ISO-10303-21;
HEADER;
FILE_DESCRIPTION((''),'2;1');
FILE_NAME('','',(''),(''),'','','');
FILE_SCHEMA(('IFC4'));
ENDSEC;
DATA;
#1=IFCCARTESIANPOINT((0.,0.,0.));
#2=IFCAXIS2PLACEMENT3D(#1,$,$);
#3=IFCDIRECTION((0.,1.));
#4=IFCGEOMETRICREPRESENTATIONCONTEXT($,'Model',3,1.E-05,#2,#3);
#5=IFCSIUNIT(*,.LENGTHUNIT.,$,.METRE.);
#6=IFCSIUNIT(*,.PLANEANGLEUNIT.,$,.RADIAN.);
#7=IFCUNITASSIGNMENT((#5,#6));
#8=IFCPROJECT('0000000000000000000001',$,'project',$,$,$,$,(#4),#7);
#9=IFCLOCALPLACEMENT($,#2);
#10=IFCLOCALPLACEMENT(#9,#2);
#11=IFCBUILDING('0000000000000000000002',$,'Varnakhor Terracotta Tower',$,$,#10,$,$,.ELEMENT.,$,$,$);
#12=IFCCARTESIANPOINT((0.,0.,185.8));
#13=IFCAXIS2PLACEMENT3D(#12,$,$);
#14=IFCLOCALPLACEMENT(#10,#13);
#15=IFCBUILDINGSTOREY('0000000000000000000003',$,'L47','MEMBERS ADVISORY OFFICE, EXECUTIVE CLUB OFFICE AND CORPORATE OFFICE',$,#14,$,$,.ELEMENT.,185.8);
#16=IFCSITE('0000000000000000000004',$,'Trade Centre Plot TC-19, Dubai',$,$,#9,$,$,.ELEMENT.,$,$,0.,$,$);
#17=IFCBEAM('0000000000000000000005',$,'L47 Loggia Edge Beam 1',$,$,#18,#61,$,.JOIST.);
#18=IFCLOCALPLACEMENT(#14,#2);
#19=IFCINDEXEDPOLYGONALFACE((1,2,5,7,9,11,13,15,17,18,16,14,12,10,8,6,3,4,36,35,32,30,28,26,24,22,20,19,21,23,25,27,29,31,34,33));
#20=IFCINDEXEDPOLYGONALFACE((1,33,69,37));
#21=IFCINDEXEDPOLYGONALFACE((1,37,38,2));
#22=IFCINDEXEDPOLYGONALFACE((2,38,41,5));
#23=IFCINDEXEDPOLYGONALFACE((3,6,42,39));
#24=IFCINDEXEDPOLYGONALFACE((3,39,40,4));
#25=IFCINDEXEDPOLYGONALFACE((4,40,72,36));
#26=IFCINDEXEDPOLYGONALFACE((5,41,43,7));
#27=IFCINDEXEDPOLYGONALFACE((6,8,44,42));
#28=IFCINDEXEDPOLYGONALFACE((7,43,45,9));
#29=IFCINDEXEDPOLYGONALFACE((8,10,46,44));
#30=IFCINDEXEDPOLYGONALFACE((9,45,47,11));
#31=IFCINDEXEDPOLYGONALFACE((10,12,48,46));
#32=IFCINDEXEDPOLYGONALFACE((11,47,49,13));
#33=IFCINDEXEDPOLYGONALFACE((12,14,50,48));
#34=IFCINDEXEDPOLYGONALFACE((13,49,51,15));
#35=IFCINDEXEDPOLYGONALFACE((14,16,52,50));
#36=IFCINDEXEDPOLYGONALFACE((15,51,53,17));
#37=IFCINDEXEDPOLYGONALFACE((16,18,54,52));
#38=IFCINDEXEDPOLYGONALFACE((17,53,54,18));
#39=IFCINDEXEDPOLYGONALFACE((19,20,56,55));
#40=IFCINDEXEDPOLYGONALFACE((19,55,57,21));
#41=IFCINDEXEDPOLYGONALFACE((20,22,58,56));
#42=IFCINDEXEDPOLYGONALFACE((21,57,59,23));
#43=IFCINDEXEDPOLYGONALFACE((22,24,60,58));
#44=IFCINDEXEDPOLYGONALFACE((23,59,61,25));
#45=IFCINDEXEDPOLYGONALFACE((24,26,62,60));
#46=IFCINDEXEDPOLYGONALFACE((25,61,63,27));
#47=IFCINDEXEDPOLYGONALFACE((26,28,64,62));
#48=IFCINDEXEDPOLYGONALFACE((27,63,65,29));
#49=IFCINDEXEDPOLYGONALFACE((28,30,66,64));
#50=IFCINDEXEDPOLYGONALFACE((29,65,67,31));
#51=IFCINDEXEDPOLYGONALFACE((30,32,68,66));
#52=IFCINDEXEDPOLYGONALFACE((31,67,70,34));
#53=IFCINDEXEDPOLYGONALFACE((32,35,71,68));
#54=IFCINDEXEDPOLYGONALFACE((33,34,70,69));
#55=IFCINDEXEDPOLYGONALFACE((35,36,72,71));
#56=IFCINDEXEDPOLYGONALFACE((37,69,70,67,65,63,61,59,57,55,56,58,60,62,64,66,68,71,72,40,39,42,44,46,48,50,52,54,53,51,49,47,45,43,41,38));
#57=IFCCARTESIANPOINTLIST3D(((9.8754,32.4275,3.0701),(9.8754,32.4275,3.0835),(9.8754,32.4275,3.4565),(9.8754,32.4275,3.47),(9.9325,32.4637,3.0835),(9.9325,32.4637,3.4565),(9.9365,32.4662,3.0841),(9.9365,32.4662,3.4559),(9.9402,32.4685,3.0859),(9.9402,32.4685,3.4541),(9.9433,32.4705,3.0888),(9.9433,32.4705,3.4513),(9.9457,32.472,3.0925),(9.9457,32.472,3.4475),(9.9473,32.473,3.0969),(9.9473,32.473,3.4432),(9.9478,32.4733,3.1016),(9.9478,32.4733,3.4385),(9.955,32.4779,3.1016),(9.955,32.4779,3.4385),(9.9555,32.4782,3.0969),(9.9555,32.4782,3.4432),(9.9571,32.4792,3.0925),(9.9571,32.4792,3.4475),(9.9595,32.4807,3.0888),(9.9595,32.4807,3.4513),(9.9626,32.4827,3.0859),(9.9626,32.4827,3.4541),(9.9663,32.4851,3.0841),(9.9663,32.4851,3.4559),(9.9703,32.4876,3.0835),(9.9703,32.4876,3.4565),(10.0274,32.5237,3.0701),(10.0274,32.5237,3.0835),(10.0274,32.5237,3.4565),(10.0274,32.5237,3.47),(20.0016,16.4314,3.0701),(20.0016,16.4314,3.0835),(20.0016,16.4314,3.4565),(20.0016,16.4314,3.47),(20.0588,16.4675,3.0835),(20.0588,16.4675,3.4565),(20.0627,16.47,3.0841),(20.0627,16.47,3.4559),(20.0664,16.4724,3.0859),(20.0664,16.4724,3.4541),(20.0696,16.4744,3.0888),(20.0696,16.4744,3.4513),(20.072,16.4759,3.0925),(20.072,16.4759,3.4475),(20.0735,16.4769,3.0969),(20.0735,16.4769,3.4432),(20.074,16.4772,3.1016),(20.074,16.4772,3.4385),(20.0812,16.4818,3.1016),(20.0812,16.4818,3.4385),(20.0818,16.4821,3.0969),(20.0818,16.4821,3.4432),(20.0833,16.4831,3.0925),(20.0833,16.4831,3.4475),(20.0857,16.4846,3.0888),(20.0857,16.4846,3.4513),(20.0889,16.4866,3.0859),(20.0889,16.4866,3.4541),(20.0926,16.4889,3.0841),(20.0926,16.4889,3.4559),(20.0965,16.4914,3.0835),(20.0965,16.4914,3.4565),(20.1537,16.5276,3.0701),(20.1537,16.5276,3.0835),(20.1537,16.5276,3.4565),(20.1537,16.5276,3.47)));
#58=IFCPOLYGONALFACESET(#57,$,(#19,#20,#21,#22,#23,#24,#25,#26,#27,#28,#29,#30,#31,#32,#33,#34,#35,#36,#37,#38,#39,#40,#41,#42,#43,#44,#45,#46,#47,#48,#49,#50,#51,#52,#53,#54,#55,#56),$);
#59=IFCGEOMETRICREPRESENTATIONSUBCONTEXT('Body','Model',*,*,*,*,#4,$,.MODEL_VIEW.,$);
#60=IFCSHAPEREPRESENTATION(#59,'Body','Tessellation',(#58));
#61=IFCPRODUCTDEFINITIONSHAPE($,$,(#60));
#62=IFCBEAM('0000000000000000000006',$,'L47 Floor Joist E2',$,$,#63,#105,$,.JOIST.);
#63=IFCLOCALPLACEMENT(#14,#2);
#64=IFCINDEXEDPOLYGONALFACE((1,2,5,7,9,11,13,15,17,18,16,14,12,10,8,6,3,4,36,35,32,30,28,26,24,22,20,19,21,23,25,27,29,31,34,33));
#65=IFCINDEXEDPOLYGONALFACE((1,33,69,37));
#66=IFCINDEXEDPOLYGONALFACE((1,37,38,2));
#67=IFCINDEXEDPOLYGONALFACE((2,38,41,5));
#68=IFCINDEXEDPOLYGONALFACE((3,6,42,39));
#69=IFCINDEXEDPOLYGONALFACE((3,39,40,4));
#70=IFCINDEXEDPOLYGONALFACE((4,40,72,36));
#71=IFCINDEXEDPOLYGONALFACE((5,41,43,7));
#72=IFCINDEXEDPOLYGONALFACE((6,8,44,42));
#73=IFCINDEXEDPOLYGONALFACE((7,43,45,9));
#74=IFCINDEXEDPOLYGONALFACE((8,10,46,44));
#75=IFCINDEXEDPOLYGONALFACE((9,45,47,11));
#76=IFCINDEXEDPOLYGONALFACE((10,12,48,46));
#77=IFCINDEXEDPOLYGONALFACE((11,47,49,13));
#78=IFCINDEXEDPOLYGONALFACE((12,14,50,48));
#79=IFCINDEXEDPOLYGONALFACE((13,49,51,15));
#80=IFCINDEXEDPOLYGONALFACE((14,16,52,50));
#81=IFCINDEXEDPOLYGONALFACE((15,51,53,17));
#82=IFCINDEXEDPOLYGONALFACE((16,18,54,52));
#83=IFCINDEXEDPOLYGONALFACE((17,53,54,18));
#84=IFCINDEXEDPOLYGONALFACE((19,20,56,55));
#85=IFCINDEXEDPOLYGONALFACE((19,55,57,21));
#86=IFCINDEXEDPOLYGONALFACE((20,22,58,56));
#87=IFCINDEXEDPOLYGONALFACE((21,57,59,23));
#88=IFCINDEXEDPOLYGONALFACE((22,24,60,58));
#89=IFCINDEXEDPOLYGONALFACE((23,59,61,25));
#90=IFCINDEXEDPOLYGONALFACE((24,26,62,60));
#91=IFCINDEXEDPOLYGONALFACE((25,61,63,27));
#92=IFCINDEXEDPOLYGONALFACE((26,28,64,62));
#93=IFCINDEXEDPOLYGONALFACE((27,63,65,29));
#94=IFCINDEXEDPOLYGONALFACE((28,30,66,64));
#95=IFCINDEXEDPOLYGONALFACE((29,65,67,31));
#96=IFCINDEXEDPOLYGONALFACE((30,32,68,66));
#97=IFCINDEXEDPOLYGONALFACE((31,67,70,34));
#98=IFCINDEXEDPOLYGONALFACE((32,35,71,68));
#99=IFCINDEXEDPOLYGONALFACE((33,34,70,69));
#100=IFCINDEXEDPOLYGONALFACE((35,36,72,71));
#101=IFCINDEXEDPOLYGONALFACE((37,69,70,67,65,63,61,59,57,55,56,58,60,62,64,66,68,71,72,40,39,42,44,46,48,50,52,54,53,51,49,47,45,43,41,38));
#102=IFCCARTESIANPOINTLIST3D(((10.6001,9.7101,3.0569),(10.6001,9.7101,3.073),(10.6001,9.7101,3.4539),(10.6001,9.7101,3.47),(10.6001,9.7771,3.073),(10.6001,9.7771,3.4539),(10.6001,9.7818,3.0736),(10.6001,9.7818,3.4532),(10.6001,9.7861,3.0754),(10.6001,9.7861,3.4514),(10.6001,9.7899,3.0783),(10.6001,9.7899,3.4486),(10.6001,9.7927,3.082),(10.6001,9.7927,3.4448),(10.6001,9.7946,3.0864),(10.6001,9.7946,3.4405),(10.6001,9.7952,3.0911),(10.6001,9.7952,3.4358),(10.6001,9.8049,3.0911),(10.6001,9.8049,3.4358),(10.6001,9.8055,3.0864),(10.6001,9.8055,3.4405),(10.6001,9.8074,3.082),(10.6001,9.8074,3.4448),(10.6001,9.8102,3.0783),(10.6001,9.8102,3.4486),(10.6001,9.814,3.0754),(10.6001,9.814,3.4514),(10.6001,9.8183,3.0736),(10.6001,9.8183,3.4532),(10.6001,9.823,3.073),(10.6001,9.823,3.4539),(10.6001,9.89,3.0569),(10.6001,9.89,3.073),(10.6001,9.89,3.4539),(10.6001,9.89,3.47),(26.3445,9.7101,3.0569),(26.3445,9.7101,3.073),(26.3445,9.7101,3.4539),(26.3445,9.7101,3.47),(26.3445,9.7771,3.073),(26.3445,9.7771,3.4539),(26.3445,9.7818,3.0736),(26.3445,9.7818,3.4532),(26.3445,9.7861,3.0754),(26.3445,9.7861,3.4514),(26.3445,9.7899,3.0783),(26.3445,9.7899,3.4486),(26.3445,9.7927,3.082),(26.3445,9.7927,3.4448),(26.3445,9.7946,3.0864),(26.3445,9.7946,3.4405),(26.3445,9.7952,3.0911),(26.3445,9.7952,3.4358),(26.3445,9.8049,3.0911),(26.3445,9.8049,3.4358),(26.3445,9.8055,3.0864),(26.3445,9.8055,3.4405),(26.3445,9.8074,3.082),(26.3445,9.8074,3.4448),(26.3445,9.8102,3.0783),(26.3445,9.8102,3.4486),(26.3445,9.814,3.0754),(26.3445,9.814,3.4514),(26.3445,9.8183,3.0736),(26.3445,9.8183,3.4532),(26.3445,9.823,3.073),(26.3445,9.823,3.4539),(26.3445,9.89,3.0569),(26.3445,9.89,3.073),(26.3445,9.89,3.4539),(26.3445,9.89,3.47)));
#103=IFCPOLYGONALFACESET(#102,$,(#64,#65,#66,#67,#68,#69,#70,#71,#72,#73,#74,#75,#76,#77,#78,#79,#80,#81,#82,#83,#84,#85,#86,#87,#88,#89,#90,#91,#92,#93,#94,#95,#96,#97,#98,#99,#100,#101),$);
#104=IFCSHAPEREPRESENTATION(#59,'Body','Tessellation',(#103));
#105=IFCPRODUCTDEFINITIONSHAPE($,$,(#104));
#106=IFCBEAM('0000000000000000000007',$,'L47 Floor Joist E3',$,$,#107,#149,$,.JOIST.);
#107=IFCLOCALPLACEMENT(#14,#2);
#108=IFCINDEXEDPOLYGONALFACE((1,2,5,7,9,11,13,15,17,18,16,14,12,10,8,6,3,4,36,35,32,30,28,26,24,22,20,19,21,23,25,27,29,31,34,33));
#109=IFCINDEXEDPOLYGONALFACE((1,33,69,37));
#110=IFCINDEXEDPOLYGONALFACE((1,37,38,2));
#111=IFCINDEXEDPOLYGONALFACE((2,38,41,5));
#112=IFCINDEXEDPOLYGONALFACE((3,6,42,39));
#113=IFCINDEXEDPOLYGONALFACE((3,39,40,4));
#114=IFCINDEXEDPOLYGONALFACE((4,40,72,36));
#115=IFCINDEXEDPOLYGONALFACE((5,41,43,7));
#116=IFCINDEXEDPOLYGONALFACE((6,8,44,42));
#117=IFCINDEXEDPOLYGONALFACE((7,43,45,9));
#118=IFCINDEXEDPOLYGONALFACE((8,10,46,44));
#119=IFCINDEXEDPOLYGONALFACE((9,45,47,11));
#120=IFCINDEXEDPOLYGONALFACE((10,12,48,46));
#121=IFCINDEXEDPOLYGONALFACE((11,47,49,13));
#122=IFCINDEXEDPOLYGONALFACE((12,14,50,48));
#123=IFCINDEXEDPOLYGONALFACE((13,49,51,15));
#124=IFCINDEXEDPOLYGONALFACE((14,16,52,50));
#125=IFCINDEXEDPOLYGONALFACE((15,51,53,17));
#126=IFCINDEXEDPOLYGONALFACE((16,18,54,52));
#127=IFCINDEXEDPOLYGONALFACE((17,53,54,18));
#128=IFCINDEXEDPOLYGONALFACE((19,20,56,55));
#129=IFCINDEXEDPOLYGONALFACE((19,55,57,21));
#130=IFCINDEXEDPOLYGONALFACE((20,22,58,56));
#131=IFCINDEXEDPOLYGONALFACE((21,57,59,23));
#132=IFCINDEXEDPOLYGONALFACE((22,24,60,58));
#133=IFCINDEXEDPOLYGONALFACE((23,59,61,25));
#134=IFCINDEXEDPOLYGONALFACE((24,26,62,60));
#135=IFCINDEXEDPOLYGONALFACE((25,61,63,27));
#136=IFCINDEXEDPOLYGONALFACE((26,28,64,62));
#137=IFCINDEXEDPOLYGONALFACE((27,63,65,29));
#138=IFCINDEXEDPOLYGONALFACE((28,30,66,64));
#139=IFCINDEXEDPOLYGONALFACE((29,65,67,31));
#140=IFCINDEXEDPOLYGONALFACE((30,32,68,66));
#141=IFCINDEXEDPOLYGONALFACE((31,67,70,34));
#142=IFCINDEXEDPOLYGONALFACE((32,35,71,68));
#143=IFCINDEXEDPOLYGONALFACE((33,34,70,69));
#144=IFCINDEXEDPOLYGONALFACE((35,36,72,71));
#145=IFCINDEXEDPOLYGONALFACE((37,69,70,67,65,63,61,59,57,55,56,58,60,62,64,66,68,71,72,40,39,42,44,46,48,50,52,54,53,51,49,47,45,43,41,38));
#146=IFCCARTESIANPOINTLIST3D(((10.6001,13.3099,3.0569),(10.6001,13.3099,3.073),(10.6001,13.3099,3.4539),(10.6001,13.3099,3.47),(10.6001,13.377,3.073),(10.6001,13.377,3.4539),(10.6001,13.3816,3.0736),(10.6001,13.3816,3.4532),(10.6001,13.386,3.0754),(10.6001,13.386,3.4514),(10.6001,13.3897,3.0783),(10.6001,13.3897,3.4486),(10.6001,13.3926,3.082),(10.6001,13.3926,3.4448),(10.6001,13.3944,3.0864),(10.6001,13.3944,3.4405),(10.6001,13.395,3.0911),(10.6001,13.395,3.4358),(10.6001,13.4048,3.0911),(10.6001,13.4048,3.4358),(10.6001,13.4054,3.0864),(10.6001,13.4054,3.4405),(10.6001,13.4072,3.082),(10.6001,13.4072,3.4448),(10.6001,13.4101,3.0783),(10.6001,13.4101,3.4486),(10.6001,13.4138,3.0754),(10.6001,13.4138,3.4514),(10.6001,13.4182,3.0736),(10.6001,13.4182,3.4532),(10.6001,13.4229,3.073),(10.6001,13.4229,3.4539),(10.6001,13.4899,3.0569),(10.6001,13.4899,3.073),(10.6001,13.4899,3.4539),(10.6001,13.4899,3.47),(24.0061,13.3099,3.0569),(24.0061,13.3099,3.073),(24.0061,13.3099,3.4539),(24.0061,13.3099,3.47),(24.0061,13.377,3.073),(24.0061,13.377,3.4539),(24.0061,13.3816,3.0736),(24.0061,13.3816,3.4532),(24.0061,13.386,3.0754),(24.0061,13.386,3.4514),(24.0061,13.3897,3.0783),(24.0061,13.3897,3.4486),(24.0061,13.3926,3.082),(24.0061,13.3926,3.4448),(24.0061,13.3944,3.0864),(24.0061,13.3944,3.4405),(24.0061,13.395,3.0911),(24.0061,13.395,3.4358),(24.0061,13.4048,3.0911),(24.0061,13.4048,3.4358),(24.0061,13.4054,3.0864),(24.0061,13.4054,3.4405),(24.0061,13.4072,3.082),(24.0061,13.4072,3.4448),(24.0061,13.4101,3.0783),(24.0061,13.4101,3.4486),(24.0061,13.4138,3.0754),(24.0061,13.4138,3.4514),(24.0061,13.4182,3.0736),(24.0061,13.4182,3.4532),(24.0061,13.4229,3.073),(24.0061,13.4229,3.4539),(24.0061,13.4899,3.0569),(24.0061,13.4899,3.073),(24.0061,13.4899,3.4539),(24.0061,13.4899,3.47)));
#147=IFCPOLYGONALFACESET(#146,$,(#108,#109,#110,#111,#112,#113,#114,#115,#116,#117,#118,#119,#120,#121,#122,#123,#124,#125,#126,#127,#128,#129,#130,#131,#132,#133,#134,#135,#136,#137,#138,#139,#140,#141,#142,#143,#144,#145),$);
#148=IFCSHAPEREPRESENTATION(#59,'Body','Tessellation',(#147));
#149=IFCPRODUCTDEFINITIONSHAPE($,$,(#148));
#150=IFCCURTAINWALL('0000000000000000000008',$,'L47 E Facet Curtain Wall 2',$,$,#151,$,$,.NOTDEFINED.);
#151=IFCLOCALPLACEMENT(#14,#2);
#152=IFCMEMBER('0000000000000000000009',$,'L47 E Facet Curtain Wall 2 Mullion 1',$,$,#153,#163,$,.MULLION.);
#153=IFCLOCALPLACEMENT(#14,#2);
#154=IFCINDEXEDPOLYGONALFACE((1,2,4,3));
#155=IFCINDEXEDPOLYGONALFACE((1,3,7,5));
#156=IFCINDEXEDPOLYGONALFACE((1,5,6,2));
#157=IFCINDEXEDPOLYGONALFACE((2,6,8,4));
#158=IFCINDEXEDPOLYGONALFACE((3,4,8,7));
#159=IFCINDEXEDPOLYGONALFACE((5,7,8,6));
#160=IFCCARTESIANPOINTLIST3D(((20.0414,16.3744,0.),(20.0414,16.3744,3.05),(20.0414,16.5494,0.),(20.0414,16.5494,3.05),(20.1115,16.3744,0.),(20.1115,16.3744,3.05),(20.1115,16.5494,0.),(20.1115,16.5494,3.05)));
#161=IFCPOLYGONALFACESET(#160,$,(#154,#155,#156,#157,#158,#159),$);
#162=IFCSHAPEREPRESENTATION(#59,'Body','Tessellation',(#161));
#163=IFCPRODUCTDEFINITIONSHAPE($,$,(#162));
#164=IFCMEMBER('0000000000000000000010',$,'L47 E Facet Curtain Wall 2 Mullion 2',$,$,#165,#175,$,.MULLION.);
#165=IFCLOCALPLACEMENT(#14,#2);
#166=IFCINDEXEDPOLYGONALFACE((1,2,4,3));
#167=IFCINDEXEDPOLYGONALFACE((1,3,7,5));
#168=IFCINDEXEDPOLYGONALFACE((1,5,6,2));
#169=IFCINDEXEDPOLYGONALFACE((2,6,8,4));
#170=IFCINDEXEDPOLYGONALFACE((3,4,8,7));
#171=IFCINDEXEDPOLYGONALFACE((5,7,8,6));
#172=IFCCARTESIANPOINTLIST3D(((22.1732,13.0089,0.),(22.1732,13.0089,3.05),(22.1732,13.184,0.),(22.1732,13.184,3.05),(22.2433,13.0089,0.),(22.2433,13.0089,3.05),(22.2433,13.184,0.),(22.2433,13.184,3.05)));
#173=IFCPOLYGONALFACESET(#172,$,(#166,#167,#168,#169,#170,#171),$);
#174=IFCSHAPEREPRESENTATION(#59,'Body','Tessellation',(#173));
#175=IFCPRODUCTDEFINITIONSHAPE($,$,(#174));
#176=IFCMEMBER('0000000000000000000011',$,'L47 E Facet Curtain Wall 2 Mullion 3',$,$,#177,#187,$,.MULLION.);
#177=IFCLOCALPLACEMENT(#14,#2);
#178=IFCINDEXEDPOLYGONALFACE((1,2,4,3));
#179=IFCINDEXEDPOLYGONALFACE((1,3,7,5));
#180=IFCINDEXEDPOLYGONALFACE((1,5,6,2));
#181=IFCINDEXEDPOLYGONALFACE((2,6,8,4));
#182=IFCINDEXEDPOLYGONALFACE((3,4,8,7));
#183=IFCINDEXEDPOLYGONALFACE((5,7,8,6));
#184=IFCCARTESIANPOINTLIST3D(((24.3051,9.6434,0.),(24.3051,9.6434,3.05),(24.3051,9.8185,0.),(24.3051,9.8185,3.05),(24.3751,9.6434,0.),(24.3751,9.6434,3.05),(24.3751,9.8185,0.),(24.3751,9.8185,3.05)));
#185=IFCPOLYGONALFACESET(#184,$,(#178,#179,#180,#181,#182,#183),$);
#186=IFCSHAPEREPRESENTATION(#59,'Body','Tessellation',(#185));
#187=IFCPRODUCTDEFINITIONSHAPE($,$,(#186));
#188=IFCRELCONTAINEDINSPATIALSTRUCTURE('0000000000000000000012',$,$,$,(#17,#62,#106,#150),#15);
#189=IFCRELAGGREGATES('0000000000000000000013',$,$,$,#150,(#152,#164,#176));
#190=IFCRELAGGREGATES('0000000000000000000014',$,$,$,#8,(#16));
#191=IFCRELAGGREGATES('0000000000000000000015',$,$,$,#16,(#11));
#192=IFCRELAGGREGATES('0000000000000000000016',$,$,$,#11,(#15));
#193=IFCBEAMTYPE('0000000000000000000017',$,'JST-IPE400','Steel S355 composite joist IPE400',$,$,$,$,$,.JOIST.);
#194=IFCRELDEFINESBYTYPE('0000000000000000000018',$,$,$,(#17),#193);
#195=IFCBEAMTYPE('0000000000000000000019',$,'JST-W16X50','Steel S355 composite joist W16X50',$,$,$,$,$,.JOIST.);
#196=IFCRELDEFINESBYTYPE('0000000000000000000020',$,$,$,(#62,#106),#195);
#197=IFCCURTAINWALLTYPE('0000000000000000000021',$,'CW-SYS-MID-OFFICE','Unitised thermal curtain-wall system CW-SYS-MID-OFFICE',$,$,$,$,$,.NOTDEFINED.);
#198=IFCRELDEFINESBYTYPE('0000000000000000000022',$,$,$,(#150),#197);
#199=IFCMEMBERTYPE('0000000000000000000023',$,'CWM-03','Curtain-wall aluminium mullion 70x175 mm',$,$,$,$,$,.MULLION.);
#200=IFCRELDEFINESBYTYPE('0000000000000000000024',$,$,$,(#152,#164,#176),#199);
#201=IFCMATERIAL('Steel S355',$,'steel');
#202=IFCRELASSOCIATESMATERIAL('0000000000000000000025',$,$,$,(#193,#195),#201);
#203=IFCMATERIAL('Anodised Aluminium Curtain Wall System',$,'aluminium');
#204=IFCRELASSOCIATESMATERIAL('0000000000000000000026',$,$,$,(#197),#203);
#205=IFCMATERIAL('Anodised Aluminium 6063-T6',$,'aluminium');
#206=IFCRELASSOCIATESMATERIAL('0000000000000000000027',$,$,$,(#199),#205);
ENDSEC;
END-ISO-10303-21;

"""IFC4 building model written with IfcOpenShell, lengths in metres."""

from ifc_helpers import new_model, si_unit, direction, frame, origin, origin_2d, place, context, subcontext, project, spatial, rectangle, i_section, extrude, source, transform, mapped, material, material_profile, profile_set, type_object, element, aggregate, save


model = new_model("IFC4")

# Units and contexts
model_context = context("Model", 3, precision=1e-05, world=origin(), true_north=direction((0.0, 1.0)))
body_context = subcontext(model_context, "Body", "Model", "MODEL_VIEW")
ifc_project = project(units=[si_unit("LENGTHUNIT", "METRE"), si_unit("PLANEANGLEUNIT", "RADIAN")], contexts=[model_context])

# Site, building, storey
site_placement = place(None, origin())
site = spatial("IfcSite", under=ifc_project, at=site_placement, Name="Trade Centre Plot TC-19, Dubai", CompositionType="ELEMENT", RefElevation=0.0)
building_placement = place(site_placement, origin())
building = spatial("IfcBuilding", under=site, at=building_placement, Name="Varnakhor Terracotta Tower", CompositionType="ELEMENT")
storey_placement = place(building_placement, frame((0.0, 0.0, 185.8)))
storey = spatial("IfcBuildingStorey", under=building, at=storey_placement, Name="L47", Description="MEMBERS ADVISORY OFFICE, EXECUTIVE CLUB OFFICE AND CORPORATE OFFICE", CompositionType="ELEMENT", Elevation=185.8)

# Beams
ifc_material_1 = material(Name="Steel S355", Category="steel")
ifc_material_profile_1 = material_profile(ifc_material_1, i_section(OverallWidth=0.1799, OverallDepth=0.3999, WebThickness=0.0085, FlangeThickness=0.0134, FilletRadius=0.0181, at=origin_2d()), Name="IPE400")
ifc_profile_set_1 = profile_set([ifc_material_profile_1], Name="Steel S355")
beam_type_1 = type_object("IfcBeamType", Name="JST-IPE400", Description="Steel S355 composite joist IPE400", PredefinedType="JOIST", material=ifc_profile_set_1)
shared_shape_1 = source(origin(), body_context, "Body", "SweptSolid", [
    extrude(i_section(OverallWidth=0.1799, OverallDepth=0.3999, WebThickness=0.0085, FlangeThickness=0.0134, FilletRadius=0.0181, at=origin_2d()), origin(), (0.0, 0.0, 1.0), 18.9319),
])
beam_1_placement = place(storey_placement, frame((20.0776, 16.4795, 3.27), z_axis=(-0.534877, 0.84493, 0.0), x_axis=(-0.84493, -0.534877, 0.0)))
element("IfcBeam", 1, at=beam_1_placement, inside=storey, type_object=beam_type_1, Name="L47 Loggia Edge Beam 1", PredefinedType="JOIST", context=body_context, shape_type="MappedRepresentation", body=[
    mapped(shared_shape_1, transform((0.0, 0.0, 0.0), scale=1.0)),
])
ifc_material_profile_2 = material_profile(ifc_material_1, i_section(OverallWidth=0.1799, OverallDepth=0.4131, WebThickness=0.0098, FlangeThickness=0.0161, FilletRadius=0.0181, at=origin_2d()), Name="W16X50")
ifc_profile_set_2 = profile_set([ifc_material_profile_2], Name="Steel S355")
beam_type_2 = type_object("IfcBeamType", Name="JST-W16X50", Description="Steel S355 composite joist W16X50", PredefinedType="JOIST", material=ifc_profile_set_2)
shared_shape_2 = source(origin(), body_context, "Body", "SweptSolid", [
    extrude(i_section(OverallWidth=0.1799, OverallDepth=0.4131, WebThickness=0.0098, FlangeThickness=0.0161, FilletRadius=0.0181, at=origin_2d()), origin(), (0.0, 0.0, 1.0), 15.7444),
])
beam_2_placement = place(storey_placement, frame((10.6001, 9.8, 3.2634), z_axis=(1.0, 0.0, 0.0), x_axis=(0.0, 1.0, 0.0)))
element("IfcBeam", 2, at=beam_2_placement, inside=storey, type_object=beam_type_2, Name="L47 Floor Joist E2", PredefinedType="JOIST", context=body_context, shape_type="MappedRepresentation", body=[
    mapped(shared_shape_2, transform((0.0, 0.0, 0.0), scale=1.0)),
])
shared_shape_3 = source(origin(), body_context, "Body", "SweptSolid", [
    extrude(i_section(OverallWidth=0.1799, OverallDepth=0.4131, WebThickness=0.0098, FlangeThickness=0.0161, FilletRadius=0.0181, at=origin_2d()), origin(), (0.0, 0.0, 1.0), 13.406),
])
beam_3_placement = place(storey_placement, frame((10.6001, 13.3999, 3.2634), z_axis=(1.0, 0.0, 0.0), x_axis=(0.0, 1.0, 0.0)))
element("IfcBeam", 3, at=beam_3_placement, inside=storey, type_object=beam_type_2, Name="L47 Floor Joist E3", PredefinedType="JOIST", context=body_context, shape_type="MappedRepresentation", body=[
    mapped(shared_shape_3, transform((0.0, 0.0, 0.0), scale=1.0)),
])

# Curtain wall, members
ifc_material_2 = material(Name="Anodised Aluminium Curtain Wall System", Category="aluminium")
curtain_wall_type = type_object("IfcCurtainWallType", Name="CW-SYS-MID-OFFICE", Description="Unitised thermal curtain-wall system CW-SYS-MID-OFFICE", PredefinedType="NOTDEFINED", material=ifc_material_2)
curtain_wall_placement = place(storey_placement, origin())
curtain_wall = element("IfcCurtainWall", 4, at=curtain_wall_placement, inside=storey, type_object=curtain_wall_type, Name="L47 E Facet Curtain Wall 2", PredefinedType="NOTDEFINED")
ifc_material_3 = material(Name="Anodised Aluminium 6063-T6", Category="aluminium")
ifc_material_profile_3 = material_profile(ifc_material_3, rectangle(XDim=0.0701, YDim=0.175, at=origin_2d()), Name="ALU MULLION 70x175")
ifc_profile_set_3 = profile_set([ifc_material_profile_3], Name="Anodised Aluminium 6063-T6")
member_type_1 = type_object("IfcMemberType", Name="CWM-03", Description="Curtain-wall aluminium mullion 70x175 mm", PredefinedType="MULLION", material=ifc_profile_set_3)
shared_shape_4 = source(origin(), body_context, "Body", "SweptSolid", [
    extrude(rectangle(XDim=0.0701, YDim=0.175, at=origin_2d()), origin(), (0.0, 0.0, 1.0), 3.05),
])
member_1_placement = place(storey_placement, frame((20.0764, 16.4619, 0.0), z_axis=(0.0, 0.0, 1.0), x_axis=(1.0, 0.0, 0.0)))
member_1 = element("IfcMember", 5, at=member_1_placement, type_object=member_type_1, Name="L47 E Facet Curtain Wall 2 Mullion 1", PredefinedType="MULLION", context=body_context, shape_type="MappedRepresentation", body=[
    mapped(shared_shape_4, transform((0.0, 0.0, 0.0), scale=1.0)),
])
member_2_placement = place(storey_placement, frame((22.2083, 13.0964, 0.0), z_axis=(0.0, 0.0, 1.0), x_axis=(1.0, 0.0, 0.0)))
member_2 = element("IfcMember", 6, at=member_2_placement, type_object=member_type_1, Name="L47 E Facet Curtain Wall 2 Mullion 2", PredefinedType="MULLION", context=body_context, shape_type="MappedRepresentation", body=[
    mapped(shared_shape_4, transform((0.0, 0.0, 0.0), scale=1.0)),
])
member_3_placement = place(storey_placement, frame((24.3401, 9.731, 0.0), z_axis=(0.0, 0.0, 1.0), x_axis=(1.0, 0.0, 0.0)))
member_3 = element("IfcMember", 7, at=member_3_placement, type_object=member_type_1, Name="L47 E Facet Curtain Wall 2 Mullion 3", PredefinedType="MULLION", context=body_context, shape_type="MappedRepresentation", body=[
    mapped(shared_shape_4, transform((0.0, 0.0, 0.0), scale=1.0)),
])

aggregate(curtain_wall, [member_1, member_2, member_3])

save(model, "model.ifc")
